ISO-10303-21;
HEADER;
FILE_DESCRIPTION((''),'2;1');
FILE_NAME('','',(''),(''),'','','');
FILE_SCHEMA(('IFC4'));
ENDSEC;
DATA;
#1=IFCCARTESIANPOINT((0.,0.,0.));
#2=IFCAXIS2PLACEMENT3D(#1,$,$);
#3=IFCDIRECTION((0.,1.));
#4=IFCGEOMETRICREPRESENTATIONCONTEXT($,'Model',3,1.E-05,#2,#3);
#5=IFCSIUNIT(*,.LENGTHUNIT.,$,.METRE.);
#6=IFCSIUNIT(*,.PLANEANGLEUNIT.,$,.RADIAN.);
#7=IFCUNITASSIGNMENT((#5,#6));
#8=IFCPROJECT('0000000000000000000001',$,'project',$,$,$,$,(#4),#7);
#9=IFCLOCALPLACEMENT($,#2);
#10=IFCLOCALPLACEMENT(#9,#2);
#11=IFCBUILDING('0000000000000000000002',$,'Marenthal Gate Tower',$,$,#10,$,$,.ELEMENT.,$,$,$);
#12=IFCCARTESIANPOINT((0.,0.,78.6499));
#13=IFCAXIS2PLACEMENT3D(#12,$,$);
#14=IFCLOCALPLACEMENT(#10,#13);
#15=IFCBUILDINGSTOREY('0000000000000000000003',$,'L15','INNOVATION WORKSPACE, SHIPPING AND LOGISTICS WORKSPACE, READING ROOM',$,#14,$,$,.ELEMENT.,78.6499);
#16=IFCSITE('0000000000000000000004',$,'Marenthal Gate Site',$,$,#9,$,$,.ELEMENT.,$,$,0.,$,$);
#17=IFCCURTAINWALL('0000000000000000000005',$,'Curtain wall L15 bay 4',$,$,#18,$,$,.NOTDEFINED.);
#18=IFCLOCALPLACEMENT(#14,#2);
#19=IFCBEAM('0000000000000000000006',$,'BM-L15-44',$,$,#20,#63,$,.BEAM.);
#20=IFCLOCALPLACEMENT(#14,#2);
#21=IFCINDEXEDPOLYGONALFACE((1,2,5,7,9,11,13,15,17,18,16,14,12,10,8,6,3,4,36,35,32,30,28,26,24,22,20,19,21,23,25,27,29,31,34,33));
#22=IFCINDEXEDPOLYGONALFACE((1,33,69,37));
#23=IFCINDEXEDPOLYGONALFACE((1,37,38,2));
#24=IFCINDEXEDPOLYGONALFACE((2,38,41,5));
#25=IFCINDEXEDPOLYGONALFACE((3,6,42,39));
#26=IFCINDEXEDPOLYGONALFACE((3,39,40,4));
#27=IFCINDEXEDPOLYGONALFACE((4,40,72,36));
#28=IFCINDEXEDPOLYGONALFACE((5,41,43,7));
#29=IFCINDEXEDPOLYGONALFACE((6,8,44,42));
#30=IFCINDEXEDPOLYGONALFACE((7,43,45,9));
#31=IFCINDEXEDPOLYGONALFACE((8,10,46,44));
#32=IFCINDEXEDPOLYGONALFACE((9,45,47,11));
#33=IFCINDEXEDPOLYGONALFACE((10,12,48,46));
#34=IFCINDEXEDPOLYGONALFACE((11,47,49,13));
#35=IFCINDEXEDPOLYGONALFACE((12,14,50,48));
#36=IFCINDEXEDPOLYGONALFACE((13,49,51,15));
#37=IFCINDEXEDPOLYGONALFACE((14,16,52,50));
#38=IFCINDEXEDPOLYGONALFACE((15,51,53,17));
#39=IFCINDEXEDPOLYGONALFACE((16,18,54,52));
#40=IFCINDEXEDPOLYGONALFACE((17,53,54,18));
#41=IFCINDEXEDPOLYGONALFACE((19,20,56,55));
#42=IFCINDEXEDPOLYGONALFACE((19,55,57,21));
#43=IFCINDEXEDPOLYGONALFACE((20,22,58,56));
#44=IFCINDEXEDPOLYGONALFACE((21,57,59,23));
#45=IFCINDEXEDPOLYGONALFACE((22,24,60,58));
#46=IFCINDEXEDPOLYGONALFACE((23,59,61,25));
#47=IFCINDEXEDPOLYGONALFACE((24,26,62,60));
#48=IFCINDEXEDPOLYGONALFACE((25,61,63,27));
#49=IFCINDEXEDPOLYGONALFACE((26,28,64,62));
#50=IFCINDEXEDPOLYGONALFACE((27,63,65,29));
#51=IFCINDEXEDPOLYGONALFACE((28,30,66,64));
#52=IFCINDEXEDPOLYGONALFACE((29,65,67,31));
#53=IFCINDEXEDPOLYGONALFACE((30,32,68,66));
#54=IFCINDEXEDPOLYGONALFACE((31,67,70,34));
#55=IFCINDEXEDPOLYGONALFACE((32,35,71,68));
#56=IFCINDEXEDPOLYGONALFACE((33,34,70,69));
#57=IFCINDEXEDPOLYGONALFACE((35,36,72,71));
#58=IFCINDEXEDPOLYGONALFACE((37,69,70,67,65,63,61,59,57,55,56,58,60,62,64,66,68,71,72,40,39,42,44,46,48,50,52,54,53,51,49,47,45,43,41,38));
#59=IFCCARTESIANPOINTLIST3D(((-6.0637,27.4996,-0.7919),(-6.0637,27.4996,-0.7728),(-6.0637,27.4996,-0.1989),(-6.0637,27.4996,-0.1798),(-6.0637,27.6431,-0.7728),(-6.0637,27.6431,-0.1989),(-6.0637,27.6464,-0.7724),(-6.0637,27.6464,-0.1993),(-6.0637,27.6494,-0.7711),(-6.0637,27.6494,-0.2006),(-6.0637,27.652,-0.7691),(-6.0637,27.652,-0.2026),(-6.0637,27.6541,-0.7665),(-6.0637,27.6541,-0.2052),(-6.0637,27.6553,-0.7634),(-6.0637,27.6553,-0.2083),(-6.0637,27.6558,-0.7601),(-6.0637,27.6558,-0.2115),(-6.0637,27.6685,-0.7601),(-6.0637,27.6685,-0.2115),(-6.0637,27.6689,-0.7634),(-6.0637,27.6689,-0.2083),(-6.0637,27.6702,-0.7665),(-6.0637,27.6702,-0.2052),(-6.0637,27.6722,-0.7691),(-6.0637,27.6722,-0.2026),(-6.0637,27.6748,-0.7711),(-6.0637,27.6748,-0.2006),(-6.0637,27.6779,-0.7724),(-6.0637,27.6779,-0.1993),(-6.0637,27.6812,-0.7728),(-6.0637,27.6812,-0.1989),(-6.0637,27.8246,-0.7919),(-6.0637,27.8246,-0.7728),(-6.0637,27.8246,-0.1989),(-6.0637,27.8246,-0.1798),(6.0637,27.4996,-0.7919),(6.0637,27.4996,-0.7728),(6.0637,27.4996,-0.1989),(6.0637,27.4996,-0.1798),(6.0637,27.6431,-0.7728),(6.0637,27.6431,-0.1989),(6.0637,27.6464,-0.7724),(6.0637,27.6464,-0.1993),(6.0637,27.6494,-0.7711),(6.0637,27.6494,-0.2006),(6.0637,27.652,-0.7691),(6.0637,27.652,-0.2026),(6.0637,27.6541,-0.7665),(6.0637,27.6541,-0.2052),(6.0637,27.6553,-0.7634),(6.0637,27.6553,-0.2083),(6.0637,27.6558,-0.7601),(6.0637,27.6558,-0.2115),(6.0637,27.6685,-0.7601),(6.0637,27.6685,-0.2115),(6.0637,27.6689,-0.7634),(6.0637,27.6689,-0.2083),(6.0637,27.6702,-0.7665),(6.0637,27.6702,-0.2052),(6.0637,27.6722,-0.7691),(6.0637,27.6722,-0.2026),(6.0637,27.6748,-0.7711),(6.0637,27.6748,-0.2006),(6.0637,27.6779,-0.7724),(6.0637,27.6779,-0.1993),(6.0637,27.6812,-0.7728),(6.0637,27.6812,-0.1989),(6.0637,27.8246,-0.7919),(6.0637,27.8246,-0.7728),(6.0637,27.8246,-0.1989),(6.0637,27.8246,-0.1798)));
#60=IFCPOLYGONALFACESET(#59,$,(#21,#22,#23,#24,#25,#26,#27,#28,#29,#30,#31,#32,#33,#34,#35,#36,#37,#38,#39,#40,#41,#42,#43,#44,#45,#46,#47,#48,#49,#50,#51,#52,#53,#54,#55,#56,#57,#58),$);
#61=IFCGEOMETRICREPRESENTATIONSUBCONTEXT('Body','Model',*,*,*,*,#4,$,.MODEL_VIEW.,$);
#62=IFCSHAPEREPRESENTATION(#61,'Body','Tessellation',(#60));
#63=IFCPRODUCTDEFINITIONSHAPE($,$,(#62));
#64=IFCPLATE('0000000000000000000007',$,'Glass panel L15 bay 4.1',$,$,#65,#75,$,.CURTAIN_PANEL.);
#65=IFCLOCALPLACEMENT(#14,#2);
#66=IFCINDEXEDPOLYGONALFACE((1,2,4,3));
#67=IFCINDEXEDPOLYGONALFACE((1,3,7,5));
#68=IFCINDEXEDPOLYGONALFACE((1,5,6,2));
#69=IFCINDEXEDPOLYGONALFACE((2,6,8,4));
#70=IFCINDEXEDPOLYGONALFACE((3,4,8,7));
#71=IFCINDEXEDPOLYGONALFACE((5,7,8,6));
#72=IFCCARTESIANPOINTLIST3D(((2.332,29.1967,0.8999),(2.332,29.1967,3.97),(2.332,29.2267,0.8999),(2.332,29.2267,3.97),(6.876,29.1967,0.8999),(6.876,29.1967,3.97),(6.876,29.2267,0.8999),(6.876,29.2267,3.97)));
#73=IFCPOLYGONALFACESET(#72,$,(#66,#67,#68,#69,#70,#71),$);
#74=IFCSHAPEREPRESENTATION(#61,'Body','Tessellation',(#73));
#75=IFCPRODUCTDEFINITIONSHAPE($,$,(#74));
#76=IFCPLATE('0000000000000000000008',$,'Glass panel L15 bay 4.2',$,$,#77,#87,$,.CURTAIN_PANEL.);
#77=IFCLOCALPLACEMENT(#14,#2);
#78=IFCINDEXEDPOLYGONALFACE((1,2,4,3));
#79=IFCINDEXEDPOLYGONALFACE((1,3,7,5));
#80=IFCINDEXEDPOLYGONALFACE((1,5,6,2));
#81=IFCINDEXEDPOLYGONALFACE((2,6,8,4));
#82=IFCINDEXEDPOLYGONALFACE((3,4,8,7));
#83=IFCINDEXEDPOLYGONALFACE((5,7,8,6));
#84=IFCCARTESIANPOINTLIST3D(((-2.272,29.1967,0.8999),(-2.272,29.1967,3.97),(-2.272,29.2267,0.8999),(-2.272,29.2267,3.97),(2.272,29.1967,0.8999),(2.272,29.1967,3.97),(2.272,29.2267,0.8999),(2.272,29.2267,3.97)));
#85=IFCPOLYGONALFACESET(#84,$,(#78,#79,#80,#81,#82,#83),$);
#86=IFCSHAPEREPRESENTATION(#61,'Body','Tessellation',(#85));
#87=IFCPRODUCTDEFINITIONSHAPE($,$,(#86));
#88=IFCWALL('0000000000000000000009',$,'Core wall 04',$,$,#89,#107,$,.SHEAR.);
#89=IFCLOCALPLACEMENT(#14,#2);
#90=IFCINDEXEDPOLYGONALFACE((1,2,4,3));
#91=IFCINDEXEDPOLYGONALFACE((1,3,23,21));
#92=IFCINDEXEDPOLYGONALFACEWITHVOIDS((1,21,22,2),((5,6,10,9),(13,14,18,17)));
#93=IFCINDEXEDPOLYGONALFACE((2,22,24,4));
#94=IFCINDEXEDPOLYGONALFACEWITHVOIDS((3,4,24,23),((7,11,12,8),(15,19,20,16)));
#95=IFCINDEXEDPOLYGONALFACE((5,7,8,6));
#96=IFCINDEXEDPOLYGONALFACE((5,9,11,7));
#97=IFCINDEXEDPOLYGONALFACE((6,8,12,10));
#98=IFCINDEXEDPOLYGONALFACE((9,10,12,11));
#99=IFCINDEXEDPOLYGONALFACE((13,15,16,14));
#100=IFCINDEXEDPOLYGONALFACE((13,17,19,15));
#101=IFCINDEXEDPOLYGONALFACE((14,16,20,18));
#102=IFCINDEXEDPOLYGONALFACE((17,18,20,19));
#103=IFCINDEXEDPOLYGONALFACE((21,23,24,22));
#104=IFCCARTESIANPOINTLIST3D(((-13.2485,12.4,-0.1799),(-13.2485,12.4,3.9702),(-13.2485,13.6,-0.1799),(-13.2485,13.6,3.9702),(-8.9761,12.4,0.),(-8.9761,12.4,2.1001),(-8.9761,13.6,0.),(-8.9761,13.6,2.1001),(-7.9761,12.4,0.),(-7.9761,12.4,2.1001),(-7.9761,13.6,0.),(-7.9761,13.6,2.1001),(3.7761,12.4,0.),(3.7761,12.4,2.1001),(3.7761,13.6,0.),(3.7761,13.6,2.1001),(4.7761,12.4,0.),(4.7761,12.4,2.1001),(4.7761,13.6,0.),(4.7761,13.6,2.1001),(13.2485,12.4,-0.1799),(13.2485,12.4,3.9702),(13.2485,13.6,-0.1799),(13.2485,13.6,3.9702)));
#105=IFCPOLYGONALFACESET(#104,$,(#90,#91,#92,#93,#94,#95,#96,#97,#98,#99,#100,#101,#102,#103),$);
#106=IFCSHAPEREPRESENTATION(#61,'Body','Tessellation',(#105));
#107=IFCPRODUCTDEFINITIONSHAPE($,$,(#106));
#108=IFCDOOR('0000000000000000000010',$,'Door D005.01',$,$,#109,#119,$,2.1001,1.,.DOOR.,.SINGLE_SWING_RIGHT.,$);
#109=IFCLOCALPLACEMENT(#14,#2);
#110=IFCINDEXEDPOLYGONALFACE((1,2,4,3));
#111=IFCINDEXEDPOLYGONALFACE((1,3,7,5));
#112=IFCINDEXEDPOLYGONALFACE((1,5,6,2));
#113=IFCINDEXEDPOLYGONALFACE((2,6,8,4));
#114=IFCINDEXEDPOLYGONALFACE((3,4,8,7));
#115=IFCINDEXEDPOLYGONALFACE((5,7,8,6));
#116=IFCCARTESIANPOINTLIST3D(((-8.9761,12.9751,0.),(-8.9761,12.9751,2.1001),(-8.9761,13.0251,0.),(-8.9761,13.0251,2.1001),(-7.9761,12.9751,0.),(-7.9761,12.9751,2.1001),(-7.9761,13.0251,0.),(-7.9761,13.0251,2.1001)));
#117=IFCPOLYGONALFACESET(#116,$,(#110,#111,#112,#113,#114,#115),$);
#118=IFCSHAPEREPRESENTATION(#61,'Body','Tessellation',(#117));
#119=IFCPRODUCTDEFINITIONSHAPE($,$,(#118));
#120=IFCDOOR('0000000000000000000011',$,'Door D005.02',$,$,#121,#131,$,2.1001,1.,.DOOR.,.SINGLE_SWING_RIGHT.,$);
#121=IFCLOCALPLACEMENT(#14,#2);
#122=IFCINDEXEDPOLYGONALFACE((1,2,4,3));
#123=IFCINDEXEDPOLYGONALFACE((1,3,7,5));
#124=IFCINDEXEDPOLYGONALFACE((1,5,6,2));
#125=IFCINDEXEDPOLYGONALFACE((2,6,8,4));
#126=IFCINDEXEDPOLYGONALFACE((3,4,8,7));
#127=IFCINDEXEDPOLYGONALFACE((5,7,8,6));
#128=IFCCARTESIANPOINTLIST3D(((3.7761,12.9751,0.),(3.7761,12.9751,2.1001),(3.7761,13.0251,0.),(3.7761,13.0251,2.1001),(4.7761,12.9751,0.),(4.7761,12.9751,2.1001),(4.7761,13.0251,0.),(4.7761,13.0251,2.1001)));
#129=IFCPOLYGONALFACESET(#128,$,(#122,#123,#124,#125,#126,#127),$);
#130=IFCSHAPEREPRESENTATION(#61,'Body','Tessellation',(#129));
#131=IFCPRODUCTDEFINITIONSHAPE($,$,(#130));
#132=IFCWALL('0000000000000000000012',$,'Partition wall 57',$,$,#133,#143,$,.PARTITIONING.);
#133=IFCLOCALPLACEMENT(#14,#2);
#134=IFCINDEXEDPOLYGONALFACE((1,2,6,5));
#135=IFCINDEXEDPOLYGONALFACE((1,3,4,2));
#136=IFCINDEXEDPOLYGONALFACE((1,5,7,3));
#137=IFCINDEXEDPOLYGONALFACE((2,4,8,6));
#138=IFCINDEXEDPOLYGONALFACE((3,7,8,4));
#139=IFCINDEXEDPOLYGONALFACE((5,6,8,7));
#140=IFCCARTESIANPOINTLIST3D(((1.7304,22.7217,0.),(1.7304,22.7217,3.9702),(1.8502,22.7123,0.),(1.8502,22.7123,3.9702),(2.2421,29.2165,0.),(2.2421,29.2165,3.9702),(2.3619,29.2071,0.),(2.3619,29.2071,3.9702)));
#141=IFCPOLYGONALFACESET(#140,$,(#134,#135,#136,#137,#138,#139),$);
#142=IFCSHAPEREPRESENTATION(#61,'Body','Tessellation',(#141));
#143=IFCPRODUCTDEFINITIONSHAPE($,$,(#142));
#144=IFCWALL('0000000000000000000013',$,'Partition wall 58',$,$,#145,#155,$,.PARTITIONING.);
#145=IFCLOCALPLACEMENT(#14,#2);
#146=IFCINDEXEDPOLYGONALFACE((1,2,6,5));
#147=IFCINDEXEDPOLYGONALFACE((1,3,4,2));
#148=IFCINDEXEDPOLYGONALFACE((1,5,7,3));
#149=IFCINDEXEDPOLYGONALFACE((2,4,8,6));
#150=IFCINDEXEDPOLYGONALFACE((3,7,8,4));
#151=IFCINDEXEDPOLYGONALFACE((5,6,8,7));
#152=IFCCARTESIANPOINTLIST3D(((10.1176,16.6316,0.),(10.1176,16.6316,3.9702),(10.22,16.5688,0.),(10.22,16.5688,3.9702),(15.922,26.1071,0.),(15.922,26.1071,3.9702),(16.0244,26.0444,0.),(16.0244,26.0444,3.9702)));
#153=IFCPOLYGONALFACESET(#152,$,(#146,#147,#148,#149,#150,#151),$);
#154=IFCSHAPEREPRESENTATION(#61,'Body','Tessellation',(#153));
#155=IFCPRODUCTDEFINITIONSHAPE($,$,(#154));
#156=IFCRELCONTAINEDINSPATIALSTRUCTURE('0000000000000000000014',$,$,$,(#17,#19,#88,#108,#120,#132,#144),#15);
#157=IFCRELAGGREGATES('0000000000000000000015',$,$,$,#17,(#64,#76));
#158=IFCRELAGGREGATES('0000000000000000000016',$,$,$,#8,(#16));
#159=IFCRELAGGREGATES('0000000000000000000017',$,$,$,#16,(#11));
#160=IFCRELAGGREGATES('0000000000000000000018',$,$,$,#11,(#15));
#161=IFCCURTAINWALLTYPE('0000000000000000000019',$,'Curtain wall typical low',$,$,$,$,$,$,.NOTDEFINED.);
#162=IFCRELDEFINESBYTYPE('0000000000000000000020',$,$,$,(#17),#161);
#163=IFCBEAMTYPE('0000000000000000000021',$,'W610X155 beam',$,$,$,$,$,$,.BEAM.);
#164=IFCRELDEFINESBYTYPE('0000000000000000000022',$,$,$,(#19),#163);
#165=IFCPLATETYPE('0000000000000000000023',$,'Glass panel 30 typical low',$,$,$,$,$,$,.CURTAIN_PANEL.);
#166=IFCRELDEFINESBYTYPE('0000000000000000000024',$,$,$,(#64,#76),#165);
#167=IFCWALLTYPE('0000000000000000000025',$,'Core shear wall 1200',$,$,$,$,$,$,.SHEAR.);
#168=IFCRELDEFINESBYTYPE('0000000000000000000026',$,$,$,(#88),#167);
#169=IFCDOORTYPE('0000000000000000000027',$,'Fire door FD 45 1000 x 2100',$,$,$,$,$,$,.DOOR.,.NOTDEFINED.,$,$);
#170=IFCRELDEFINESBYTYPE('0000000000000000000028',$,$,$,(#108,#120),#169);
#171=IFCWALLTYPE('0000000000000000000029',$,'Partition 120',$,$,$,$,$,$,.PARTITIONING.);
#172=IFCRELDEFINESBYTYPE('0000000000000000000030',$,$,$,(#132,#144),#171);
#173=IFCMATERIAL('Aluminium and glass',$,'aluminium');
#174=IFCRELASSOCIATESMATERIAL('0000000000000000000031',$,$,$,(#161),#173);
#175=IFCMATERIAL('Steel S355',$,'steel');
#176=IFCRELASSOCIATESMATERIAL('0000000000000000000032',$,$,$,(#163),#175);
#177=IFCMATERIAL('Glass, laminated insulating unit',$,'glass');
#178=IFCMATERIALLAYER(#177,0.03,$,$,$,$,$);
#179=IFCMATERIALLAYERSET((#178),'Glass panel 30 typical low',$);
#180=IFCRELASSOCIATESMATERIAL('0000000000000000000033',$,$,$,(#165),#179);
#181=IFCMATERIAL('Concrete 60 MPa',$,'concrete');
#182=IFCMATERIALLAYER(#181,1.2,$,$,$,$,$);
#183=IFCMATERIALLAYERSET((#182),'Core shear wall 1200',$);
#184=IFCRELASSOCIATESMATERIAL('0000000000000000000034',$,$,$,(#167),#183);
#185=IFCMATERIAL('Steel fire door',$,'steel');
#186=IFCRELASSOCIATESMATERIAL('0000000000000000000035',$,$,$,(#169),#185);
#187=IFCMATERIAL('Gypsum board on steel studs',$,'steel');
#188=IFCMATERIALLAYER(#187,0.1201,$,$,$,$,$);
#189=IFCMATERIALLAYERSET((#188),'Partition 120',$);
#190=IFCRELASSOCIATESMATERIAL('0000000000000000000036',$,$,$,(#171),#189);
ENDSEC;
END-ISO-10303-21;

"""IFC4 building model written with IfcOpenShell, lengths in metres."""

from ifc_helpers import new_model, si_unit, direction, frame, frame_2d, origin, origin_2d, place, context, subcontext, project, spatial, rectangle, i_section, extrude, material, layer, layer_set, material_profile, profile_set, type_object, element, fill, aggregate, save


model = new_model("IFC4")

# Units and contexts
model_context = context("Model", 3, precision=1e-05, world=origin(), true_north=direction((0.0, 1.0)))
body_context = subcontext(model_context, "Body", "Model", "MODEL_VIEW")
ifc_project = project(units=[si_unit("LENGTHUNIT", "METRE"), si_unit("PLANEANGLEUNIT", "RADIAN")], contexts=[model_context])

# Site, building, storey
site_placement = place(None, origin())
site = spatial("IfcSite", under=ifc_project, at=site_placement, Name="Marenthal Gate Site", CompositionType="ELEMENT", RefElevation=0.0)
building_placement = place(site_placement, origin())
building = spatial("IfcBuilding", under=site, at=building_placement, Name="Marenthal Gate Tower", CompositionType="ELEMENT")
storey_placement = place(building_placement, frame((0.0, 0.0, 78.6499)))
storey = spatial("IfcBuildingStorey", under=building, at=storey_placement, Name="L15", Description="INNOVATION WORKSPACE, SHIPPING AND LOGISTICS WORKSPACE, READING ROOM", CompositionType="ELEMENT", Elevation=78.6499)

# Curtain wall
ifc_material_1 = material(Name="Aluminium and glass", Category="aluminium")
curtain_wall_type = type_object("IfcCurtainWallType", Name="Curtain wall typical low", PredefinedType="NOTDEFINED", material=ifc_material_1)
curtain_wall_placement = place(storey_placement, origin())
curtain_wall = element("IfcCurtainWall", 1, at=curtain_wall_placement, inside=storey, type_object=curtain_wall_type, Name="Curtain wall L15 bay 4", PredefinedType="NOTDEFINED")

# Beam
ifc_material_2 = material(Name="Steel S355", Category="steel")
ifc_material_profile_1 = material_profile(ifc_material_2, i_section(OverallWidth=0.325, OverallDepth=0.6121, WebThickness=0.0127, FlangeThickness=0.019, FilletRadius=0.0127, at=origin_2d()), Name="W610X155")
ifc_profile_set_1 = profile_set([ifc_material_profile_1], Name="Steel S355")
beam_type_1 = type_object("IfcBeamType", Name="W610X155 beam", PredefinedType="BEAM", material=ifc_profile_set_1)
beam_1_placement = place(storey_placement, frame((6.0637, 27.6621, -0.4858), z_axis=(-1.0, 0.0, 0.0), x_axis=(0.0, -1.0, 0.0)))
element("IfcBeam", 2, at=beam_1_placement, inside=storey, type_object=beam_type_1, Name="BM-L15-44", PredefinedType="BEAM", context=body_context, shape_type="SweptSolid", body=[
    extrude(i_section(OverallWidth=0.325, OverallDepth=0.6121, WebThickness=0.0127, FlangeThickness=0.019, FilletRadius=0.0127, at=origin_2d()), origin(), (0.0, 0.0, 1.0), 12.1274),
])

# Plates
ifc_material_3 = material(Name="Glass, laminated insulating unit", Category="glass")
ifc_layer_1 = layer(ifc_material_3, 0.03)
ifc_layer_set_1 = layer_set([ifc_layer_1], Name="Glass panel 30 typical low")
plate_type = type_object("IfcPlateType", Name="Glass panel 30 typical low", PredefinedType="CURTAIN_PANEL", material=ifc_layer_set_1)
plate_1_placement = place(storey_placement, frame((4.604, 29.2117, 0.8999), z_axis=(0.0, 0.0, 1.0), x_axis=(-1.0, 0.0, 0.0)))
plate_1 = element("IfcPlate", 3, at=plate_1_placement, type_object=plate_type, Name="Glass panel L15 bay 4.1", PredefinedType="CURTAIN_PANEL", context=body_context, shape_type="SweptSolid", body=[
    extrude(rectangle(XDim=4.5439, YDim=0.03, at=origin_2d()), origin(), (0.0, 0.0, 1.0), 3.0701),
])
plate_2_placement = place(storey_placement, frame((0.0, 29.2117, 0.8999), z_axis=(0.0, 0.0, 1.0), x_axis=(-1.0, 0.0, 0.0)))
plate_2 = element("IfcPlate", 4, at=plate_2_placement, type_object=plate_type, Name="Glass panel L15 bay 4.2", PredefinedType="CURTAIN_PANEL", context=body_context, shape_type="SweptSolid", body=[
    extrude(rectangle(XDim=4.5439, YDim=0.03, at=origin_2d()), origin(), (0.0, 0.0, 1.0), 3.0701),
])
aggregate(curtain_wall, [plate_1, plate_2])

# Wall, openings, doors
ifc_material_4 = material(Name="Concrete 60 MPa", Category="concrete")
ifc_layer_2 = layer(ifc_material_4, 1.2)
ifc_layer_set_2 = layer_set([ifc_layer_2], Name="Core shear wall 1200")
wall_type_1 = type_object("IfcWallType", Name="Core shear wall 1200", PredefinedType="SHEAR", material=ifc_layer_set_2)
wall_1_placement = place(storey_placement, frame((13.2485, 13.0, -0.1799), z_axis=(0.0, 0.0, 1.0), x_axis=(-1.0, 0.0, 0.0)))
wall_1 = element("IfcWall", 5, at=wall_1_placement, inside=storey, type_object=wall_type_1, Name="Core wall 04", PredefinedType="SHEAR", context=body_context, shape_type="SweptSolid", body=[
    extrude(rectangle(XDim=26.4971, YDim=1.2, at=frame_2d((13.2485, 0.0))), origin(), (0.0, 0.0, 1.0), 4.1501),
])
opening_1_placement = place(wall_1_placement, frame((21.2246, 0.0, 0.1799)))
opening_1 = element("IfcOpeningElement", 6, at=opening_1_placement, cuts=wall_1, PredefinedType="OPENING", context=body_context, shape_type="SweptSolid", body=[
    extrude(rectangle(XDim=1.0, YDim=2.1001, at=frame_2d((0.5, 1.05))), frame((0.0, 0.6099, 0.0), z_axis=(0.0, -1.0, 0.0), x_axis=(1.0, 0.0, 0.0)), (0.0, 0.0, 1.0), 1.22),
])
opening_2_placement = place(wall_1_placement, frame((8.4724, 0.0, 0.1799)))
opening_2 = element("IfcOpeningElement", 7, at=opening_2_placement, cuts=wall_1, PredefinedType="OPENING", context=body_context, shape_type="SweptSolid", body=[
    extrude(rectangle(XDim=1.0, YDim=2.1001, at=frame_2d((0.5, 1.05))), frame((0.0, 0.6099, 0.0), z_axis=(0.0, -1.0, 0.0), x_axis=(1.0, 0.0, 0.0)), (0.0, 0.0, 1.0), 1.22),
])
ifc_material_5 = material(Name="Steel fire door", Category="steel")
door_type_1 = type_object("IfcDoorType", Name="Fire door FD 45 1000 x 2100", OperationType="NOTDEFINED", PredefinedType="DOOR", material=ifc_material_5)
door_1_placement = place(opening_1_placement, origin())
door_1 = element("IfcDoor", 8, at=door_1_placement, inside=storey, type_object=door_type_1, Name="Door D005.01", OperationType="SINGLE_SWING_RIGHT", OverallHeight=2.1001, OverallWidth=1.0, PredefinedType="DOOR", context=body_context, shape_type="SweptSolid", body=[
    extrude(rectangle(XDim=1.0, YDim=2.1001, at=frame_2d((0.5, 1.05))), frame((0.0, 0.0249, 0.0), z_axis=(0.0, -1.0, 0.0), x_axis=(1.0, 0.0, 0.0)), (0.0, 0.0, 1.0), 0.05),
])
fill(opening_1, door_1)
door_2_placement = place(opening_2_placement, origin())
door_2 = element("IfcDoor", 9, at=door_2_placement, inside=storey, type_object=door_type_1, Name="Door D005.02", OperationType="SINGLE_SWING_RIGHT", OverallHeight=2.1001, OverallWidth=1.0, PredefinedType="DOOR", context=body_context, shape_type="SweptSolid", body=[
    extrude(rectangle(XDim=1.0, YDim=2.1001, at=frame_2d((0.5, 1.05))), frame((0.0, 0.0249, 0.0), z_axis=(0.0, -1.0, 0.0), x_axis=(1.0, 0.0, 0.0)), (0.0, 0.0, 1.0), 0.05),
])
fill(opening_2, door_2)

# Walls
ifc_material_6 = material(Name="Gypsum board on steel studs", Category="steel")
ifc_layer_3 = layer(ifc_material_6, 0.1201)
ifc_layer_set_3 = layer_set([ifc_layer_3], Name="Partition 120")
wall_type_2 = type_object("IfcWallType", Name="Partition 120", PredefinedType="PARTITIONING", material=ifc_layer_set_3)
wall_2_placement = place(storey_placement, frame((2.302, 29.2117, 0.0), z_axis=(0.0, 0.0, 1.0), x_axis=(-0.078545, -0.996911, 0.0)))
element("IfcWall", 10, at=wall_2_placement, inside=storey, type_object=wall_type_2, Name="Partition wall 57", PredefinedType="PARTITIONING", context=body_context, shape_type="SweptSolid", body=[
    extrude(rectangle(XDim=6.5149, YDim=0.1201, at=frame_2d((3.2573, 0.0))), origin(), (0.0, 0.0, 1.0), 3.9702),
])
wall_3_placement = place(storey_placement, frame((10.1687, 16.6001, 0.0), z_axis=(0.0, 0.0, 1.0), x_axis=(0.522354, 0.852728, 0.0)))
element("IfcWall", 11, at=wall_3_placement, inside=storey, type_object=wall_type_2, Name="Partition wall 58", PredefinedType="PARTITIONING", context=body_context, shape_type="SweptSolid", body=[
    extrude(rectangle(XDim=11.1121, YDim=0.1201, at=frame_2d((5.5562, 0.0))), origin(), (0.0, 0.0, 1.0), 3.9702),
])

save(model, "model.ifc")
